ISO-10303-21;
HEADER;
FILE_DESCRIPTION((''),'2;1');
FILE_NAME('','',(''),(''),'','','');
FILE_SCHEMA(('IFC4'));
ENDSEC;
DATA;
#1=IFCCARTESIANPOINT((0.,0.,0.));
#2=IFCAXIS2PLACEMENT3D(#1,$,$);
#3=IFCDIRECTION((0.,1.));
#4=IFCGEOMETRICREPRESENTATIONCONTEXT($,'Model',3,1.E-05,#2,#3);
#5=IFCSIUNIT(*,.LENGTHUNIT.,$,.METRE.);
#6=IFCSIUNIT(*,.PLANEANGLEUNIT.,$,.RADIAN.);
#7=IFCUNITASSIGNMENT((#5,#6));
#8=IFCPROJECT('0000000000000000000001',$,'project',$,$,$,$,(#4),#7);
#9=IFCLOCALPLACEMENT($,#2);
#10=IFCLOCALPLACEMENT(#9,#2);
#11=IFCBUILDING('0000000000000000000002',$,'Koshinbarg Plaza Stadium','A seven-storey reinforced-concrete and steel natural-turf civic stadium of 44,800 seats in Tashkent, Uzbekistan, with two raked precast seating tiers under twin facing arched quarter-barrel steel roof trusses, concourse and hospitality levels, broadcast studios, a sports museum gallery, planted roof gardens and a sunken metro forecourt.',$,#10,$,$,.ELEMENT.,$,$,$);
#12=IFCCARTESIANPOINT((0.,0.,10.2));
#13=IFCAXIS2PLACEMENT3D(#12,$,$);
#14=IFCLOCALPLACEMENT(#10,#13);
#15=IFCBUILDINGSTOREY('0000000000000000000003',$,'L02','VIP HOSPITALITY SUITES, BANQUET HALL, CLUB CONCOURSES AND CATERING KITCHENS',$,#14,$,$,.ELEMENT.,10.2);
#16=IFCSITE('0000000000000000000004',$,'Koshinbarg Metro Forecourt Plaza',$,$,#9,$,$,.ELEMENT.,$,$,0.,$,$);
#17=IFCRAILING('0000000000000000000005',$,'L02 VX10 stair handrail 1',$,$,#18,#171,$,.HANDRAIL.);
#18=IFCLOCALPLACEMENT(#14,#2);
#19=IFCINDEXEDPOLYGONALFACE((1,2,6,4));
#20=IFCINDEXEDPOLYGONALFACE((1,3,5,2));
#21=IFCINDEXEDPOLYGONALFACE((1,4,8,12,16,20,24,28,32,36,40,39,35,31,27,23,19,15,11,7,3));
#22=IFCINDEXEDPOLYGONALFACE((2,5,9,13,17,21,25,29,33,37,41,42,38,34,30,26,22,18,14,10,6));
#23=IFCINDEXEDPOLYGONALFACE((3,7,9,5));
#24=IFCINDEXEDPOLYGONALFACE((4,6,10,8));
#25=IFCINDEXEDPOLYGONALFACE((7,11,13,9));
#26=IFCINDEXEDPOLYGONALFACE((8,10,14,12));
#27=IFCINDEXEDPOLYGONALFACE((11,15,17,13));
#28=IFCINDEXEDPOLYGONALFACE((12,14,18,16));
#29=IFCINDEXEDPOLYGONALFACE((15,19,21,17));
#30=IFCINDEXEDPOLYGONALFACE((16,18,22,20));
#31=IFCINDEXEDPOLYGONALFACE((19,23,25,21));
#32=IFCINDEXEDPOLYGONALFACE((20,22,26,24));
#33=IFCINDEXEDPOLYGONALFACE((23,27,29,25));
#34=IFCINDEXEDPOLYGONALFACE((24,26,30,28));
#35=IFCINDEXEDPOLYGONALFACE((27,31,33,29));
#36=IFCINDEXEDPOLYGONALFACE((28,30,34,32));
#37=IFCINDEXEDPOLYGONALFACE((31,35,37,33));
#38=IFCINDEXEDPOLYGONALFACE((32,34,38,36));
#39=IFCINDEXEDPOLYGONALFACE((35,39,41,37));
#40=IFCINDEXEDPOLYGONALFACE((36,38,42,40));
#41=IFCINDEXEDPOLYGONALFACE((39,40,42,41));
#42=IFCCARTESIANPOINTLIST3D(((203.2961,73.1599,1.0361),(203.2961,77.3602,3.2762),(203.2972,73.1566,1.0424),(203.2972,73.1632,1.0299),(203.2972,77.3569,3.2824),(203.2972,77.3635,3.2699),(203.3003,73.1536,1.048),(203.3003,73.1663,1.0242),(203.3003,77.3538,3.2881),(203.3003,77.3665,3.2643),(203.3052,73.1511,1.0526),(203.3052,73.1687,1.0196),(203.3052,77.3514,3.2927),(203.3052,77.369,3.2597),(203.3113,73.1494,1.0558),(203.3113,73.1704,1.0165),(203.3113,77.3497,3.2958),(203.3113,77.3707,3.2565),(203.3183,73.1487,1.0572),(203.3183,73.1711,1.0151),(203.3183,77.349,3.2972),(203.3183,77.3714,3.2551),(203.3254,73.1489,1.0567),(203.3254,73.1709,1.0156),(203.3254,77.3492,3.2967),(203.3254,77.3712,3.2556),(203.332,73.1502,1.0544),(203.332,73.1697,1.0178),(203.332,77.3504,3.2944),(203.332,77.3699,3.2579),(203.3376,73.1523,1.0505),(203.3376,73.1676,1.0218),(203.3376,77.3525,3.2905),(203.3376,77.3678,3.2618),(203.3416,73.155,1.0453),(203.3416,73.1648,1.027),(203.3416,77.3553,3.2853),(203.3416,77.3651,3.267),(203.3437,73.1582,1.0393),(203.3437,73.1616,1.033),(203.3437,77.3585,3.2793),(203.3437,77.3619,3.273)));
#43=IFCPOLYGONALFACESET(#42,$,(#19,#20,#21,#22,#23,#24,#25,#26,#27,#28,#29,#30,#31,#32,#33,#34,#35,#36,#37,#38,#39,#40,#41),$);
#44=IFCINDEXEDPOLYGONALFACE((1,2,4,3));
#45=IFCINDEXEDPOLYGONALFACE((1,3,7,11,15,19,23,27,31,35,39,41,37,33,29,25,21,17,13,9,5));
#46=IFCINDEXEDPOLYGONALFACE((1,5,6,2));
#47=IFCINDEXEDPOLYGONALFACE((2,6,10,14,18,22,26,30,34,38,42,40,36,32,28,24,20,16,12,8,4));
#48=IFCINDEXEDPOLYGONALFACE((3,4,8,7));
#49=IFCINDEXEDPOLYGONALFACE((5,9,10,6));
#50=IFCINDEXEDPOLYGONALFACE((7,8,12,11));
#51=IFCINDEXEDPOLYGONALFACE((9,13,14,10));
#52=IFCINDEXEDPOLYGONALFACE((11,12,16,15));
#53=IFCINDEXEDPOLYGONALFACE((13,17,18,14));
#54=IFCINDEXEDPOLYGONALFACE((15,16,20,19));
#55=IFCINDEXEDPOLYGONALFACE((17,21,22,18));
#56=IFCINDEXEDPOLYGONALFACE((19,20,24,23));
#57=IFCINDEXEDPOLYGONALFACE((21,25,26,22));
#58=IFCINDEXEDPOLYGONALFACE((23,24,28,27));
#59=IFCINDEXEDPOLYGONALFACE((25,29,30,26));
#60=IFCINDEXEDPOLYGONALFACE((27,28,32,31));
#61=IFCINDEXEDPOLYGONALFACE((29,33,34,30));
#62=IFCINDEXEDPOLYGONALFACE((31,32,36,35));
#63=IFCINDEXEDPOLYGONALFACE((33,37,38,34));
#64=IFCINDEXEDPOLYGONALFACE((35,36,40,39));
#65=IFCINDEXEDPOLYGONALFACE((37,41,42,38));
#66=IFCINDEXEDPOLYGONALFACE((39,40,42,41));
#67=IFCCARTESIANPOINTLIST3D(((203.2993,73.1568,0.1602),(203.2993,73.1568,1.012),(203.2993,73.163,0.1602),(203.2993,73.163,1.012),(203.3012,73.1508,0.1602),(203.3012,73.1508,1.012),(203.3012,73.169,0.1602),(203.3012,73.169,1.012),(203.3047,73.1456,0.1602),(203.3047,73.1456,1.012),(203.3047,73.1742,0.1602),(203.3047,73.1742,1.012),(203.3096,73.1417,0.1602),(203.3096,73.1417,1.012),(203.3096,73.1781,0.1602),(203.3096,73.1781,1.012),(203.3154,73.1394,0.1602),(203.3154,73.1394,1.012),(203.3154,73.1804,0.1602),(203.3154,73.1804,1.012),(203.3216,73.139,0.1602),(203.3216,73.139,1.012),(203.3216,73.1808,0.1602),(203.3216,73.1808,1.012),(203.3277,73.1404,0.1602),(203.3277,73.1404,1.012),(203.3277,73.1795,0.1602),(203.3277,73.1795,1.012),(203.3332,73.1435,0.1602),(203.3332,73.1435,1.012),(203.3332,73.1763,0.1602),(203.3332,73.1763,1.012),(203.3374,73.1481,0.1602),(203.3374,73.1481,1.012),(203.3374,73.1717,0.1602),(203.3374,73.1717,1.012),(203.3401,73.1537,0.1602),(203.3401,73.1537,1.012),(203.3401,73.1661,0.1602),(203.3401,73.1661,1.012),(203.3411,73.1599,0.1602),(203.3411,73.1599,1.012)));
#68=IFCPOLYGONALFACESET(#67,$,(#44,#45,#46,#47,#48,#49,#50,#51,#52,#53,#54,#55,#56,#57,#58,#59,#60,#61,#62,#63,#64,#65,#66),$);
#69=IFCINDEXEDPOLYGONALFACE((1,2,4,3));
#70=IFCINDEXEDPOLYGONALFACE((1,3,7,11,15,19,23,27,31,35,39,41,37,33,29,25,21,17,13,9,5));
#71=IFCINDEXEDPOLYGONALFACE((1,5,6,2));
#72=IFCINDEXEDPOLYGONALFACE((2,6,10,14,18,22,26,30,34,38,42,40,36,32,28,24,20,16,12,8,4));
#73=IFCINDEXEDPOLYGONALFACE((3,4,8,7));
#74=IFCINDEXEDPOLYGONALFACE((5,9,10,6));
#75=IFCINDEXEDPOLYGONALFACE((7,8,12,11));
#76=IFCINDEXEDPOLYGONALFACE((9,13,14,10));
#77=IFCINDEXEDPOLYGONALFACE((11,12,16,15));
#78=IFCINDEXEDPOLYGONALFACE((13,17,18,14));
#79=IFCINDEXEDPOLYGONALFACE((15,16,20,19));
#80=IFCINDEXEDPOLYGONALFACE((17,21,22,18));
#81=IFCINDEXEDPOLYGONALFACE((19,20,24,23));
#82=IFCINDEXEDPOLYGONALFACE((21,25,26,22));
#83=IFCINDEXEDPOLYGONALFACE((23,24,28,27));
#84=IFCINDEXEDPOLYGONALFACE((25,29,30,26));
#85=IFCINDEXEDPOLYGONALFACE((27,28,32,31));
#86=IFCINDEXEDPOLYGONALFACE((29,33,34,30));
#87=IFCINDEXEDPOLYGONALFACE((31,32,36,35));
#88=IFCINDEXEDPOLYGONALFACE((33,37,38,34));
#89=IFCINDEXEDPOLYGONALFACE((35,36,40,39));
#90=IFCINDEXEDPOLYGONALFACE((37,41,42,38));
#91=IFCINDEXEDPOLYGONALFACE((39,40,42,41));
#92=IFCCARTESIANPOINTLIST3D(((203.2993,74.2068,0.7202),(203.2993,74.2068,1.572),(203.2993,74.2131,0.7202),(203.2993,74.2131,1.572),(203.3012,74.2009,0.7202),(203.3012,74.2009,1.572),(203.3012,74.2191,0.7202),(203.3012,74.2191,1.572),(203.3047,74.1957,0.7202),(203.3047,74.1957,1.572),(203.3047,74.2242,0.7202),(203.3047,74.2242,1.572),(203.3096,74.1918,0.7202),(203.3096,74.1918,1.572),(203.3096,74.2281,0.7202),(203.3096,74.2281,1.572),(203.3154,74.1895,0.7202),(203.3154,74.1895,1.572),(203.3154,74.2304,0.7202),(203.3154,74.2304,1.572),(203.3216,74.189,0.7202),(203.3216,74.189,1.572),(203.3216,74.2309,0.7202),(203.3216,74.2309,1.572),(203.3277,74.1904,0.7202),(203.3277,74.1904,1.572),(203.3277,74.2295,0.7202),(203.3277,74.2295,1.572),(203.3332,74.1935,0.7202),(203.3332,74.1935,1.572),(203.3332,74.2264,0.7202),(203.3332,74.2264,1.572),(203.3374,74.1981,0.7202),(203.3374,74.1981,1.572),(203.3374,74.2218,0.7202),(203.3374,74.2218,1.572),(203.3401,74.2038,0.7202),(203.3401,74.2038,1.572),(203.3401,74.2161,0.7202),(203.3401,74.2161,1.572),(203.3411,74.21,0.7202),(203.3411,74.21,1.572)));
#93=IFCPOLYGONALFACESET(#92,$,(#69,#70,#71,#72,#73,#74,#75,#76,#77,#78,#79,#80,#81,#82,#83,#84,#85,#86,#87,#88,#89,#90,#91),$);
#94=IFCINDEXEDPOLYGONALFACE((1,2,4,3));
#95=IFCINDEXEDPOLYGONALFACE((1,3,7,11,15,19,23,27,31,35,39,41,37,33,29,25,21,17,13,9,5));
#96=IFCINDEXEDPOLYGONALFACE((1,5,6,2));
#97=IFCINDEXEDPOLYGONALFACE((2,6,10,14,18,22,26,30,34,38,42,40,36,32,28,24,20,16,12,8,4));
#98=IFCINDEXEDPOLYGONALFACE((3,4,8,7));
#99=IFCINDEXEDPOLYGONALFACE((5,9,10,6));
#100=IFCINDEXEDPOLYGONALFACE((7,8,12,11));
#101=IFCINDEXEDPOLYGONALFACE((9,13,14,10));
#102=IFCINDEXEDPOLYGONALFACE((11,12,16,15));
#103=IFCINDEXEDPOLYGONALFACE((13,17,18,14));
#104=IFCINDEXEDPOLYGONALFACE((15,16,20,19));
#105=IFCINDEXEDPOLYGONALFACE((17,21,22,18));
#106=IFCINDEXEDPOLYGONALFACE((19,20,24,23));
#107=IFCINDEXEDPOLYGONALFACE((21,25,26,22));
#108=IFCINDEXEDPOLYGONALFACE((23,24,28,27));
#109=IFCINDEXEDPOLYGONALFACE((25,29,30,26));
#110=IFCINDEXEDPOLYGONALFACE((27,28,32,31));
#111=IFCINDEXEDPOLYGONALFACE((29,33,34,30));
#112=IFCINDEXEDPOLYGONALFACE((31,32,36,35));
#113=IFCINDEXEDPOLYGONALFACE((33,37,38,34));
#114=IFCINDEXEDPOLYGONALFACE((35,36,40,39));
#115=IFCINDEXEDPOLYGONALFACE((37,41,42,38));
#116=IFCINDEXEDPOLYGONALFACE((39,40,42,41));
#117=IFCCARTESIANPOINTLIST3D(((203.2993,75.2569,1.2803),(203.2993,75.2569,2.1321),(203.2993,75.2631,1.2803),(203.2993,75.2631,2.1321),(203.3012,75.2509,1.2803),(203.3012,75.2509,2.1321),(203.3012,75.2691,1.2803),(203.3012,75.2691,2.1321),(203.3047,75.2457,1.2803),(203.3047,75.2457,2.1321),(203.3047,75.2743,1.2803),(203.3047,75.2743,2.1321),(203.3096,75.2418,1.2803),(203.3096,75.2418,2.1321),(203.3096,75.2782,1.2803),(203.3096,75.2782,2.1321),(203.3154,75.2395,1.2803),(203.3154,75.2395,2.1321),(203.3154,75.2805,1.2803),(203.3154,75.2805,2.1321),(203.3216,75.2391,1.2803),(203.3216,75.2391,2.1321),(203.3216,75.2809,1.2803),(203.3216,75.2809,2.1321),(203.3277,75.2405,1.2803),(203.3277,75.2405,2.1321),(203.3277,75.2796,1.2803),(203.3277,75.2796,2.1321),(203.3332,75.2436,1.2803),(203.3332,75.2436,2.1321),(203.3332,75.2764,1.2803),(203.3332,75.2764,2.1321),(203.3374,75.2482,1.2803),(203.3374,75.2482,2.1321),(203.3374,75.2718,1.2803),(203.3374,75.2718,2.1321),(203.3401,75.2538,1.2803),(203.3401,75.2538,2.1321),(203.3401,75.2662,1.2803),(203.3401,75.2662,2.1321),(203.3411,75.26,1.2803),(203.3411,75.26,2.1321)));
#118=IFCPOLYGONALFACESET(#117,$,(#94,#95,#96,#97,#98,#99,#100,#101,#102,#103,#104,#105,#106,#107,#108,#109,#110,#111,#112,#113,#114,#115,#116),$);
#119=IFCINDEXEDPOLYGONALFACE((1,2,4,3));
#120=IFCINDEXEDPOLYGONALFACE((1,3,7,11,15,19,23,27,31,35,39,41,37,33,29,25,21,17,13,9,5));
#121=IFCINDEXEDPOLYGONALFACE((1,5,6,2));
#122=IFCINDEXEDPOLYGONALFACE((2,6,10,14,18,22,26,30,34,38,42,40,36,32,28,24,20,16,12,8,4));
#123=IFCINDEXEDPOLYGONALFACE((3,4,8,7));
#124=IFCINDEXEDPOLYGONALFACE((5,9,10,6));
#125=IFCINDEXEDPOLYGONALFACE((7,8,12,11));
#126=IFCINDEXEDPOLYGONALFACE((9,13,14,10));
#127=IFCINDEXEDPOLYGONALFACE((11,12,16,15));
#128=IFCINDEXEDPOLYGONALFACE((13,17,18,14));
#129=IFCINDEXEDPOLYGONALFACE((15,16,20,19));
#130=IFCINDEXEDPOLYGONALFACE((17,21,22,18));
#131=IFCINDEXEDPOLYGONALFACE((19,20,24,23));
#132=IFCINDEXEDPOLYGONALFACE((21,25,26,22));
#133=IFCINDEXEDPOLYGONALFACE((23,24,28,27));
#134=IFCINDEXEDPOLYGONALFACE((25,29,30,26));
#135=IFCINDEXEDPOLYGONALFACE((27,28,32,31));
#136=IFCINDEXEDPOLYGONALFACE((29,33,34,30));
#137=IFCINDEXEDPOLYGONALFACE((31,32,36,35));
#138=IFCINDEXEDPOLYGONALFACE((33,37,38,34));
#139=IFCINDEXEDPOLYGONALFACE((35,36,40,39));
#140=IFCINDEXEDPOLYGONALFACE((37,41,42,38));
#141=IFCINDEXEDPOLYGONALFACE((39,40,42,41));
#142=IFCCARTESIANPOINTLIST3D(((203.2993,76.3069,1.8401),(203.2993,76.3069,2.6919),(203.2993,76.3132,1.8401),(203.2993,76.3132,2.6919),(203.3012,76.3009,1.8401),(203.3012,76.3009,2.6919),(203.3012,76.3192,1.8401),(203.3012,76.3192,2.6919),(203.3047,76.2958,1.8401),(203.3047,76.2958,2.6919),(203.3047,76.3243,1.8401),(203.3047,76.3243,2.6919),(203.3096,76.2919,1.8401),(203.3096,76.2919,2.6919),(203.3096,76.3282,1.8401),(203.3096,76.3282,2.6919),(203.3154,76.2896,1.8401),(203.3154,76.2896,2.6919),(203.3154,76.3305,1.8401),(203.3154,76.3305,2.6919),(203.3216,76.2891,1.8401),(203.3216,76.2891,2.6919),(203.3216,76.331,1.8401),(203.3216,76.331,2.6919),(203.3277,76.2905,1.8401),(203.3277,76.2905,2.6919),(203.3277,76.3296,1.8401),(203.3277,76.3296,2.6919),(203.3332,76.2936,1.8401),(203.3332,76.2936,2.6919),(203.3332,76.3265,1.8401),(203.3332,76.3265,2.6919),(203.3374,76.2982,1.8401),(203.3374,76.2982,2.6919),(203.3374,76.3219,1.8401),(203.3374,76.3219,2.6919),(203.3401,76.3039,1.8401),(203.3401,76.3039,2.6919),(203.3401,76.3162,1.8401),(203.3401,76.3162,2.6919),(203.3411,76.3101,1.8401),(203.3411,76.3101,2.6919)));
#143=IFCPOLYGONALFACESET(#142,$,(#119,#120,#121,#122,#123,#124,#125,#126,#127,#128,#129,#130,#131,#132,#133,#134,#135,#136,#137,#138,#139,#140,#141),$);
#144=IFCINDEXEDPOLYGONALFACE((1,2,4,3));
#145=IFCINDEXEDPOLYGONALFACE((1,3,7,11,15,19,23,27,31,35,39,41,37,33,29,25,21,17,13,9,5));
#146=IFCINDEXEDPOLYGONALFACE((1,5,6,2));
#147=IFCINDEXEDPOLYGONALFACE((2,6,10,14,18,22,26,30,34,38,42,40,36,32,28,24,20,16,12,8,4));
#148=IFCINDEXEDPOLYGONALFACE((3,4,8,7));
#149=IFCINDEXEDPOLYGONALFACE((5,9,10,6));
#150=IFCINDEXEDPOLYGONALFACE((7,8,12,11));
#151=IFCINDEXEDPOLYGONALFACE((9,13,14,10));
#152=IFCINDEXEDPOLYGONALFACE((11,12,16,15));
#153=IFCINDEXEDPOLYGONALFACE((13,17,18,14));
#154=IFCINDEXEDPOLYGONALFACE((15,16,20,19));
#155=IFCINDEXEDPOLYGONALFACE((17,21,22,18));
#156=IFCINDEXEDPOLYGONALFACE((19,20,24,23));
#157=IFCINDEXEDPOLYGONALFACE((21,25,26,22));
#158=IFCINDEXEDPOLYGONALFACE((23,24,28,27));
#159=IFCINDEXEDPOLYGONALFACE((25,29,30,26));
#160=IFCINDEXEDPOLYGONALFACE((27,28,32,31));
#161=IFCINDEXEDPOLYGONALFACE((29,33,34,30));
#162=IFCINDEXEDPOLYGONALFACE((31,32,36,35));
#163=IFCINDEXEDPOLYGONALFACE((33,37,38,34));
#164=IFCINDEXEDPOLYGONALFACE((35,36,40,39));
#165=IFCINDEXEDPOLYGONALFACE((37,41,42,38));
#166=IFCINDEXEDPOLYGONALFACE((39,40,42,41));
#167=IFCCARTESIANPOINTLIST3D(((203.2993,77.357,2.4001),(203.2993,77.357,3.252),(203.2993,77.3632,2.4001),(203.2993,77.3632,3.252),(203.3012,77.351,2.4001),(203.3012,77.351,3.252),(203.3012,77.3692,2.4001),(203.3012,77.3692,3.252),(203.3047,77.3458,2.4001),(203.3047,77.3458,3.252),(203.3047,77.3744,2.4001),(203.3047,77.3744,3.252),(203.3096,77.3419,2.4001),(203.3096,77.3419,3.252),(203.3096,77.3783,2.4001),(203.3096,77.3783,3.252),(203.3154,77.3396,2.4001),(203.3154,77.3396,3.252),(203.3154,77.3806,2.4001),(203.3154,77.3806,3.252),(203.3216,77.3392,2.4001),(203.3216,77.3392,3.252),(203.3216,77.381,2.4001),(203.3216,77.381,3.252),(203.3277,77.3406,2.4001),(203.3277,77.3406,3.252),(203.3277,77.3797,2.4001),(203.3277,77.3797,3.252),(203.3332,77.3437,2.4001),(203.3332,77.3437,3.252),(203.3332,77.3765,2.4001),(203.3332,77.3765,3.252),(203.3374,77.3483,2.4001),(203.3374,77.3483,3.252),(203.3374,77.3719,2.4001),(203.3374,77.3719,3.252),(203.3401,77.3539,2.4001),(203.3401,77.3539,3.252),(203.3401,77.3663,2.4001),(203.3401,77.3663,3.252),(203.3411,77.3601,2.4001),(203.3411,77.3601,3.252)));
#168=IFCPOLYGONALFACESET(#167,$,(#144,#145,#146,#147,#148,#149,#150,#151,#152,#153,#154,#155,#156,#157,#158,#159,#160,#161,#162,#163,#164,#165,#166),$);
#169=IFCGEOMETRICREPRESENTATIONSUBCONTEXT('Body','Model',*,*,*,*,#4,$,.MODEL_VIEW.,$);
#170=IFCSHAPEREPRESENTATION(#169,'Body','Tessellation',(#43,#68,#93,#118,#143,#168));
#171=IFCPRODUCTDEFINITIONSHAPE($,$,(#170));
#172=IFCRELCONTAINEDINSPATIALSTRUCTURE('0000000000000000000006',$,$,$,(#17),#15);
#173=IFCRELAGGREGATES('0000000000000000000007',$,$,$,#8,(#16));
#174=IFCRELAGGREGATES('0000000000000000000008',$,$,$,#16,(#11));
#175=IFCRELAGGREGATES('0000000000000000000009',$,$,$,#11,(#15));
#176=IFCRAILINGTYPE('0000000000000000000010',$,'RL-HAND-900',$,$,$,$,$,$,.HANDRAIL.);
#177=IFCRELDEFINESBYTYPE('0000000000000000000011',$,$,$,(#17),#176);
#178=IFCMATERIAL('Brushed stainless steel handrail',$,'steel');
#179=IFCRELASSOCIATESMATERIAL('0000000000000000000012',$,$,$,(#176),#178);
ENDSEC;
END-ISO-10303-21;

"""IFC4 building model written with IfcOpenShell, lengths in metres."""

from ifc_helpers import new_model, si_unit, direction, frame, origin, origin_2d, place, context, subcontext, project, spatial, circle, extrude, material, type_object, element, save


model = new_model("IFC4")

# Units and contexts
model_context = context("Model", 3, precision=1e-05, world=origin(), true_north=direction((0.0, 1.0)))
body_context = subcontext(model_context, "Body", "Model", "MODEL_VIEW")
ifc_project = project(units=[si_unit("LENGTHUNIT", "METRE"), si_unit("PLANEANGLEUNIT", "RADIAN")], contexts=[model_context])

# Site, building, storey
site_placement = place(None, origin())
site = spatial("IfcSite", under=ifc_project, at=site_placement, Name="Koshinbarg Metro Forecourt Plaza", CompositionType="ELEMENT", RefElevation=0.0)
building_placement = place(site_placement, origin())
building = spatial("IfcBuilding", under=site, at=building_placement, Name="Koshinbarg Plaza Stadium", Description="A seven-storey reinforced-concrete and steel natural-turf civic stadium of 44,800 seats in Tashkent, Uzbekistan, with two raked precast seating tiers under twin facing arched quarter-barrel steel roof trusses, concourse and hospitality levels, broadcast studios, a sports museum gallery, planted roof gardens and a sunken metro forecourt.", CompositionType="ELEMENT")
storey_placement = place(building_placement, frame((0.0, 0.0, 10.2)))
storey = spatial("IfcBuildingStorey", under=building, at=storey_placement, Name="L02", Description="VIP HOSPITALITY SUITES, BANQUET HALL, CLUB CONCOURSES AND CATERING KITCHENS", CompositionType="ELEMENT", Elevation=10.2)

# Railing
ifc_material_1 = material(Name="Brushed stainless steel handrail", Category="steel")
railing_type_1 = type_object("IfcRailingType", Name="RL-HAND-900", PredefinedType="HANDRAIL", material=ifc_material_1)
railing_1_placement = place(storey_placement, frame((203.3201, 73.1599, 0.1602)))
element("IfcRailing", 1, at=railing_1_placement, inside=storey, type_object=railing_type_1, Name="L02 VX10 stair handrail 1", PredefinedType="HANDRAIL", context=body_context, shape_type="SweptSolid", body=[
    extrude(circle(Radius=0.0239, at=origin_2d()), frame((0.0, 0.0, 0.876), z_axis=(0.0, 0.882363, 0.47057), x_axis=(-1.0, 0.0, 0.0)), (0.0, 0.0, 1.0), 4.7603),
    extrude(circle(Radius=0.021, at=origin_2d()), origin(), (0.0, 0.0, 1.0), 0.8518),
    extrude(circle(Radius=0.021, at=origin_2d()), frame((0.0, 1.05, 0.5601)), (0.0, 0.0, 1.0), 0.8518),
    extrude(circle(Radius=0.021, at=origin_2d()), frame((0.0, 2.1001, 1.1201)), (0.0, 0.0, 1.0), 0.8518),
    extrude(circle(Radius=0.021, at=origin_2d()), frame((0.0, 3.1501, 1.6799)), (0.0, 0.0, 1.0), 0.8518),
    extrude(circle(Radius=0.021, at=origin_2d()), frame((0.0, 4.2002, 2.24)), (0.0, 0.0, 1.0), 0.8518),
])

save(model, "model.ifc")
